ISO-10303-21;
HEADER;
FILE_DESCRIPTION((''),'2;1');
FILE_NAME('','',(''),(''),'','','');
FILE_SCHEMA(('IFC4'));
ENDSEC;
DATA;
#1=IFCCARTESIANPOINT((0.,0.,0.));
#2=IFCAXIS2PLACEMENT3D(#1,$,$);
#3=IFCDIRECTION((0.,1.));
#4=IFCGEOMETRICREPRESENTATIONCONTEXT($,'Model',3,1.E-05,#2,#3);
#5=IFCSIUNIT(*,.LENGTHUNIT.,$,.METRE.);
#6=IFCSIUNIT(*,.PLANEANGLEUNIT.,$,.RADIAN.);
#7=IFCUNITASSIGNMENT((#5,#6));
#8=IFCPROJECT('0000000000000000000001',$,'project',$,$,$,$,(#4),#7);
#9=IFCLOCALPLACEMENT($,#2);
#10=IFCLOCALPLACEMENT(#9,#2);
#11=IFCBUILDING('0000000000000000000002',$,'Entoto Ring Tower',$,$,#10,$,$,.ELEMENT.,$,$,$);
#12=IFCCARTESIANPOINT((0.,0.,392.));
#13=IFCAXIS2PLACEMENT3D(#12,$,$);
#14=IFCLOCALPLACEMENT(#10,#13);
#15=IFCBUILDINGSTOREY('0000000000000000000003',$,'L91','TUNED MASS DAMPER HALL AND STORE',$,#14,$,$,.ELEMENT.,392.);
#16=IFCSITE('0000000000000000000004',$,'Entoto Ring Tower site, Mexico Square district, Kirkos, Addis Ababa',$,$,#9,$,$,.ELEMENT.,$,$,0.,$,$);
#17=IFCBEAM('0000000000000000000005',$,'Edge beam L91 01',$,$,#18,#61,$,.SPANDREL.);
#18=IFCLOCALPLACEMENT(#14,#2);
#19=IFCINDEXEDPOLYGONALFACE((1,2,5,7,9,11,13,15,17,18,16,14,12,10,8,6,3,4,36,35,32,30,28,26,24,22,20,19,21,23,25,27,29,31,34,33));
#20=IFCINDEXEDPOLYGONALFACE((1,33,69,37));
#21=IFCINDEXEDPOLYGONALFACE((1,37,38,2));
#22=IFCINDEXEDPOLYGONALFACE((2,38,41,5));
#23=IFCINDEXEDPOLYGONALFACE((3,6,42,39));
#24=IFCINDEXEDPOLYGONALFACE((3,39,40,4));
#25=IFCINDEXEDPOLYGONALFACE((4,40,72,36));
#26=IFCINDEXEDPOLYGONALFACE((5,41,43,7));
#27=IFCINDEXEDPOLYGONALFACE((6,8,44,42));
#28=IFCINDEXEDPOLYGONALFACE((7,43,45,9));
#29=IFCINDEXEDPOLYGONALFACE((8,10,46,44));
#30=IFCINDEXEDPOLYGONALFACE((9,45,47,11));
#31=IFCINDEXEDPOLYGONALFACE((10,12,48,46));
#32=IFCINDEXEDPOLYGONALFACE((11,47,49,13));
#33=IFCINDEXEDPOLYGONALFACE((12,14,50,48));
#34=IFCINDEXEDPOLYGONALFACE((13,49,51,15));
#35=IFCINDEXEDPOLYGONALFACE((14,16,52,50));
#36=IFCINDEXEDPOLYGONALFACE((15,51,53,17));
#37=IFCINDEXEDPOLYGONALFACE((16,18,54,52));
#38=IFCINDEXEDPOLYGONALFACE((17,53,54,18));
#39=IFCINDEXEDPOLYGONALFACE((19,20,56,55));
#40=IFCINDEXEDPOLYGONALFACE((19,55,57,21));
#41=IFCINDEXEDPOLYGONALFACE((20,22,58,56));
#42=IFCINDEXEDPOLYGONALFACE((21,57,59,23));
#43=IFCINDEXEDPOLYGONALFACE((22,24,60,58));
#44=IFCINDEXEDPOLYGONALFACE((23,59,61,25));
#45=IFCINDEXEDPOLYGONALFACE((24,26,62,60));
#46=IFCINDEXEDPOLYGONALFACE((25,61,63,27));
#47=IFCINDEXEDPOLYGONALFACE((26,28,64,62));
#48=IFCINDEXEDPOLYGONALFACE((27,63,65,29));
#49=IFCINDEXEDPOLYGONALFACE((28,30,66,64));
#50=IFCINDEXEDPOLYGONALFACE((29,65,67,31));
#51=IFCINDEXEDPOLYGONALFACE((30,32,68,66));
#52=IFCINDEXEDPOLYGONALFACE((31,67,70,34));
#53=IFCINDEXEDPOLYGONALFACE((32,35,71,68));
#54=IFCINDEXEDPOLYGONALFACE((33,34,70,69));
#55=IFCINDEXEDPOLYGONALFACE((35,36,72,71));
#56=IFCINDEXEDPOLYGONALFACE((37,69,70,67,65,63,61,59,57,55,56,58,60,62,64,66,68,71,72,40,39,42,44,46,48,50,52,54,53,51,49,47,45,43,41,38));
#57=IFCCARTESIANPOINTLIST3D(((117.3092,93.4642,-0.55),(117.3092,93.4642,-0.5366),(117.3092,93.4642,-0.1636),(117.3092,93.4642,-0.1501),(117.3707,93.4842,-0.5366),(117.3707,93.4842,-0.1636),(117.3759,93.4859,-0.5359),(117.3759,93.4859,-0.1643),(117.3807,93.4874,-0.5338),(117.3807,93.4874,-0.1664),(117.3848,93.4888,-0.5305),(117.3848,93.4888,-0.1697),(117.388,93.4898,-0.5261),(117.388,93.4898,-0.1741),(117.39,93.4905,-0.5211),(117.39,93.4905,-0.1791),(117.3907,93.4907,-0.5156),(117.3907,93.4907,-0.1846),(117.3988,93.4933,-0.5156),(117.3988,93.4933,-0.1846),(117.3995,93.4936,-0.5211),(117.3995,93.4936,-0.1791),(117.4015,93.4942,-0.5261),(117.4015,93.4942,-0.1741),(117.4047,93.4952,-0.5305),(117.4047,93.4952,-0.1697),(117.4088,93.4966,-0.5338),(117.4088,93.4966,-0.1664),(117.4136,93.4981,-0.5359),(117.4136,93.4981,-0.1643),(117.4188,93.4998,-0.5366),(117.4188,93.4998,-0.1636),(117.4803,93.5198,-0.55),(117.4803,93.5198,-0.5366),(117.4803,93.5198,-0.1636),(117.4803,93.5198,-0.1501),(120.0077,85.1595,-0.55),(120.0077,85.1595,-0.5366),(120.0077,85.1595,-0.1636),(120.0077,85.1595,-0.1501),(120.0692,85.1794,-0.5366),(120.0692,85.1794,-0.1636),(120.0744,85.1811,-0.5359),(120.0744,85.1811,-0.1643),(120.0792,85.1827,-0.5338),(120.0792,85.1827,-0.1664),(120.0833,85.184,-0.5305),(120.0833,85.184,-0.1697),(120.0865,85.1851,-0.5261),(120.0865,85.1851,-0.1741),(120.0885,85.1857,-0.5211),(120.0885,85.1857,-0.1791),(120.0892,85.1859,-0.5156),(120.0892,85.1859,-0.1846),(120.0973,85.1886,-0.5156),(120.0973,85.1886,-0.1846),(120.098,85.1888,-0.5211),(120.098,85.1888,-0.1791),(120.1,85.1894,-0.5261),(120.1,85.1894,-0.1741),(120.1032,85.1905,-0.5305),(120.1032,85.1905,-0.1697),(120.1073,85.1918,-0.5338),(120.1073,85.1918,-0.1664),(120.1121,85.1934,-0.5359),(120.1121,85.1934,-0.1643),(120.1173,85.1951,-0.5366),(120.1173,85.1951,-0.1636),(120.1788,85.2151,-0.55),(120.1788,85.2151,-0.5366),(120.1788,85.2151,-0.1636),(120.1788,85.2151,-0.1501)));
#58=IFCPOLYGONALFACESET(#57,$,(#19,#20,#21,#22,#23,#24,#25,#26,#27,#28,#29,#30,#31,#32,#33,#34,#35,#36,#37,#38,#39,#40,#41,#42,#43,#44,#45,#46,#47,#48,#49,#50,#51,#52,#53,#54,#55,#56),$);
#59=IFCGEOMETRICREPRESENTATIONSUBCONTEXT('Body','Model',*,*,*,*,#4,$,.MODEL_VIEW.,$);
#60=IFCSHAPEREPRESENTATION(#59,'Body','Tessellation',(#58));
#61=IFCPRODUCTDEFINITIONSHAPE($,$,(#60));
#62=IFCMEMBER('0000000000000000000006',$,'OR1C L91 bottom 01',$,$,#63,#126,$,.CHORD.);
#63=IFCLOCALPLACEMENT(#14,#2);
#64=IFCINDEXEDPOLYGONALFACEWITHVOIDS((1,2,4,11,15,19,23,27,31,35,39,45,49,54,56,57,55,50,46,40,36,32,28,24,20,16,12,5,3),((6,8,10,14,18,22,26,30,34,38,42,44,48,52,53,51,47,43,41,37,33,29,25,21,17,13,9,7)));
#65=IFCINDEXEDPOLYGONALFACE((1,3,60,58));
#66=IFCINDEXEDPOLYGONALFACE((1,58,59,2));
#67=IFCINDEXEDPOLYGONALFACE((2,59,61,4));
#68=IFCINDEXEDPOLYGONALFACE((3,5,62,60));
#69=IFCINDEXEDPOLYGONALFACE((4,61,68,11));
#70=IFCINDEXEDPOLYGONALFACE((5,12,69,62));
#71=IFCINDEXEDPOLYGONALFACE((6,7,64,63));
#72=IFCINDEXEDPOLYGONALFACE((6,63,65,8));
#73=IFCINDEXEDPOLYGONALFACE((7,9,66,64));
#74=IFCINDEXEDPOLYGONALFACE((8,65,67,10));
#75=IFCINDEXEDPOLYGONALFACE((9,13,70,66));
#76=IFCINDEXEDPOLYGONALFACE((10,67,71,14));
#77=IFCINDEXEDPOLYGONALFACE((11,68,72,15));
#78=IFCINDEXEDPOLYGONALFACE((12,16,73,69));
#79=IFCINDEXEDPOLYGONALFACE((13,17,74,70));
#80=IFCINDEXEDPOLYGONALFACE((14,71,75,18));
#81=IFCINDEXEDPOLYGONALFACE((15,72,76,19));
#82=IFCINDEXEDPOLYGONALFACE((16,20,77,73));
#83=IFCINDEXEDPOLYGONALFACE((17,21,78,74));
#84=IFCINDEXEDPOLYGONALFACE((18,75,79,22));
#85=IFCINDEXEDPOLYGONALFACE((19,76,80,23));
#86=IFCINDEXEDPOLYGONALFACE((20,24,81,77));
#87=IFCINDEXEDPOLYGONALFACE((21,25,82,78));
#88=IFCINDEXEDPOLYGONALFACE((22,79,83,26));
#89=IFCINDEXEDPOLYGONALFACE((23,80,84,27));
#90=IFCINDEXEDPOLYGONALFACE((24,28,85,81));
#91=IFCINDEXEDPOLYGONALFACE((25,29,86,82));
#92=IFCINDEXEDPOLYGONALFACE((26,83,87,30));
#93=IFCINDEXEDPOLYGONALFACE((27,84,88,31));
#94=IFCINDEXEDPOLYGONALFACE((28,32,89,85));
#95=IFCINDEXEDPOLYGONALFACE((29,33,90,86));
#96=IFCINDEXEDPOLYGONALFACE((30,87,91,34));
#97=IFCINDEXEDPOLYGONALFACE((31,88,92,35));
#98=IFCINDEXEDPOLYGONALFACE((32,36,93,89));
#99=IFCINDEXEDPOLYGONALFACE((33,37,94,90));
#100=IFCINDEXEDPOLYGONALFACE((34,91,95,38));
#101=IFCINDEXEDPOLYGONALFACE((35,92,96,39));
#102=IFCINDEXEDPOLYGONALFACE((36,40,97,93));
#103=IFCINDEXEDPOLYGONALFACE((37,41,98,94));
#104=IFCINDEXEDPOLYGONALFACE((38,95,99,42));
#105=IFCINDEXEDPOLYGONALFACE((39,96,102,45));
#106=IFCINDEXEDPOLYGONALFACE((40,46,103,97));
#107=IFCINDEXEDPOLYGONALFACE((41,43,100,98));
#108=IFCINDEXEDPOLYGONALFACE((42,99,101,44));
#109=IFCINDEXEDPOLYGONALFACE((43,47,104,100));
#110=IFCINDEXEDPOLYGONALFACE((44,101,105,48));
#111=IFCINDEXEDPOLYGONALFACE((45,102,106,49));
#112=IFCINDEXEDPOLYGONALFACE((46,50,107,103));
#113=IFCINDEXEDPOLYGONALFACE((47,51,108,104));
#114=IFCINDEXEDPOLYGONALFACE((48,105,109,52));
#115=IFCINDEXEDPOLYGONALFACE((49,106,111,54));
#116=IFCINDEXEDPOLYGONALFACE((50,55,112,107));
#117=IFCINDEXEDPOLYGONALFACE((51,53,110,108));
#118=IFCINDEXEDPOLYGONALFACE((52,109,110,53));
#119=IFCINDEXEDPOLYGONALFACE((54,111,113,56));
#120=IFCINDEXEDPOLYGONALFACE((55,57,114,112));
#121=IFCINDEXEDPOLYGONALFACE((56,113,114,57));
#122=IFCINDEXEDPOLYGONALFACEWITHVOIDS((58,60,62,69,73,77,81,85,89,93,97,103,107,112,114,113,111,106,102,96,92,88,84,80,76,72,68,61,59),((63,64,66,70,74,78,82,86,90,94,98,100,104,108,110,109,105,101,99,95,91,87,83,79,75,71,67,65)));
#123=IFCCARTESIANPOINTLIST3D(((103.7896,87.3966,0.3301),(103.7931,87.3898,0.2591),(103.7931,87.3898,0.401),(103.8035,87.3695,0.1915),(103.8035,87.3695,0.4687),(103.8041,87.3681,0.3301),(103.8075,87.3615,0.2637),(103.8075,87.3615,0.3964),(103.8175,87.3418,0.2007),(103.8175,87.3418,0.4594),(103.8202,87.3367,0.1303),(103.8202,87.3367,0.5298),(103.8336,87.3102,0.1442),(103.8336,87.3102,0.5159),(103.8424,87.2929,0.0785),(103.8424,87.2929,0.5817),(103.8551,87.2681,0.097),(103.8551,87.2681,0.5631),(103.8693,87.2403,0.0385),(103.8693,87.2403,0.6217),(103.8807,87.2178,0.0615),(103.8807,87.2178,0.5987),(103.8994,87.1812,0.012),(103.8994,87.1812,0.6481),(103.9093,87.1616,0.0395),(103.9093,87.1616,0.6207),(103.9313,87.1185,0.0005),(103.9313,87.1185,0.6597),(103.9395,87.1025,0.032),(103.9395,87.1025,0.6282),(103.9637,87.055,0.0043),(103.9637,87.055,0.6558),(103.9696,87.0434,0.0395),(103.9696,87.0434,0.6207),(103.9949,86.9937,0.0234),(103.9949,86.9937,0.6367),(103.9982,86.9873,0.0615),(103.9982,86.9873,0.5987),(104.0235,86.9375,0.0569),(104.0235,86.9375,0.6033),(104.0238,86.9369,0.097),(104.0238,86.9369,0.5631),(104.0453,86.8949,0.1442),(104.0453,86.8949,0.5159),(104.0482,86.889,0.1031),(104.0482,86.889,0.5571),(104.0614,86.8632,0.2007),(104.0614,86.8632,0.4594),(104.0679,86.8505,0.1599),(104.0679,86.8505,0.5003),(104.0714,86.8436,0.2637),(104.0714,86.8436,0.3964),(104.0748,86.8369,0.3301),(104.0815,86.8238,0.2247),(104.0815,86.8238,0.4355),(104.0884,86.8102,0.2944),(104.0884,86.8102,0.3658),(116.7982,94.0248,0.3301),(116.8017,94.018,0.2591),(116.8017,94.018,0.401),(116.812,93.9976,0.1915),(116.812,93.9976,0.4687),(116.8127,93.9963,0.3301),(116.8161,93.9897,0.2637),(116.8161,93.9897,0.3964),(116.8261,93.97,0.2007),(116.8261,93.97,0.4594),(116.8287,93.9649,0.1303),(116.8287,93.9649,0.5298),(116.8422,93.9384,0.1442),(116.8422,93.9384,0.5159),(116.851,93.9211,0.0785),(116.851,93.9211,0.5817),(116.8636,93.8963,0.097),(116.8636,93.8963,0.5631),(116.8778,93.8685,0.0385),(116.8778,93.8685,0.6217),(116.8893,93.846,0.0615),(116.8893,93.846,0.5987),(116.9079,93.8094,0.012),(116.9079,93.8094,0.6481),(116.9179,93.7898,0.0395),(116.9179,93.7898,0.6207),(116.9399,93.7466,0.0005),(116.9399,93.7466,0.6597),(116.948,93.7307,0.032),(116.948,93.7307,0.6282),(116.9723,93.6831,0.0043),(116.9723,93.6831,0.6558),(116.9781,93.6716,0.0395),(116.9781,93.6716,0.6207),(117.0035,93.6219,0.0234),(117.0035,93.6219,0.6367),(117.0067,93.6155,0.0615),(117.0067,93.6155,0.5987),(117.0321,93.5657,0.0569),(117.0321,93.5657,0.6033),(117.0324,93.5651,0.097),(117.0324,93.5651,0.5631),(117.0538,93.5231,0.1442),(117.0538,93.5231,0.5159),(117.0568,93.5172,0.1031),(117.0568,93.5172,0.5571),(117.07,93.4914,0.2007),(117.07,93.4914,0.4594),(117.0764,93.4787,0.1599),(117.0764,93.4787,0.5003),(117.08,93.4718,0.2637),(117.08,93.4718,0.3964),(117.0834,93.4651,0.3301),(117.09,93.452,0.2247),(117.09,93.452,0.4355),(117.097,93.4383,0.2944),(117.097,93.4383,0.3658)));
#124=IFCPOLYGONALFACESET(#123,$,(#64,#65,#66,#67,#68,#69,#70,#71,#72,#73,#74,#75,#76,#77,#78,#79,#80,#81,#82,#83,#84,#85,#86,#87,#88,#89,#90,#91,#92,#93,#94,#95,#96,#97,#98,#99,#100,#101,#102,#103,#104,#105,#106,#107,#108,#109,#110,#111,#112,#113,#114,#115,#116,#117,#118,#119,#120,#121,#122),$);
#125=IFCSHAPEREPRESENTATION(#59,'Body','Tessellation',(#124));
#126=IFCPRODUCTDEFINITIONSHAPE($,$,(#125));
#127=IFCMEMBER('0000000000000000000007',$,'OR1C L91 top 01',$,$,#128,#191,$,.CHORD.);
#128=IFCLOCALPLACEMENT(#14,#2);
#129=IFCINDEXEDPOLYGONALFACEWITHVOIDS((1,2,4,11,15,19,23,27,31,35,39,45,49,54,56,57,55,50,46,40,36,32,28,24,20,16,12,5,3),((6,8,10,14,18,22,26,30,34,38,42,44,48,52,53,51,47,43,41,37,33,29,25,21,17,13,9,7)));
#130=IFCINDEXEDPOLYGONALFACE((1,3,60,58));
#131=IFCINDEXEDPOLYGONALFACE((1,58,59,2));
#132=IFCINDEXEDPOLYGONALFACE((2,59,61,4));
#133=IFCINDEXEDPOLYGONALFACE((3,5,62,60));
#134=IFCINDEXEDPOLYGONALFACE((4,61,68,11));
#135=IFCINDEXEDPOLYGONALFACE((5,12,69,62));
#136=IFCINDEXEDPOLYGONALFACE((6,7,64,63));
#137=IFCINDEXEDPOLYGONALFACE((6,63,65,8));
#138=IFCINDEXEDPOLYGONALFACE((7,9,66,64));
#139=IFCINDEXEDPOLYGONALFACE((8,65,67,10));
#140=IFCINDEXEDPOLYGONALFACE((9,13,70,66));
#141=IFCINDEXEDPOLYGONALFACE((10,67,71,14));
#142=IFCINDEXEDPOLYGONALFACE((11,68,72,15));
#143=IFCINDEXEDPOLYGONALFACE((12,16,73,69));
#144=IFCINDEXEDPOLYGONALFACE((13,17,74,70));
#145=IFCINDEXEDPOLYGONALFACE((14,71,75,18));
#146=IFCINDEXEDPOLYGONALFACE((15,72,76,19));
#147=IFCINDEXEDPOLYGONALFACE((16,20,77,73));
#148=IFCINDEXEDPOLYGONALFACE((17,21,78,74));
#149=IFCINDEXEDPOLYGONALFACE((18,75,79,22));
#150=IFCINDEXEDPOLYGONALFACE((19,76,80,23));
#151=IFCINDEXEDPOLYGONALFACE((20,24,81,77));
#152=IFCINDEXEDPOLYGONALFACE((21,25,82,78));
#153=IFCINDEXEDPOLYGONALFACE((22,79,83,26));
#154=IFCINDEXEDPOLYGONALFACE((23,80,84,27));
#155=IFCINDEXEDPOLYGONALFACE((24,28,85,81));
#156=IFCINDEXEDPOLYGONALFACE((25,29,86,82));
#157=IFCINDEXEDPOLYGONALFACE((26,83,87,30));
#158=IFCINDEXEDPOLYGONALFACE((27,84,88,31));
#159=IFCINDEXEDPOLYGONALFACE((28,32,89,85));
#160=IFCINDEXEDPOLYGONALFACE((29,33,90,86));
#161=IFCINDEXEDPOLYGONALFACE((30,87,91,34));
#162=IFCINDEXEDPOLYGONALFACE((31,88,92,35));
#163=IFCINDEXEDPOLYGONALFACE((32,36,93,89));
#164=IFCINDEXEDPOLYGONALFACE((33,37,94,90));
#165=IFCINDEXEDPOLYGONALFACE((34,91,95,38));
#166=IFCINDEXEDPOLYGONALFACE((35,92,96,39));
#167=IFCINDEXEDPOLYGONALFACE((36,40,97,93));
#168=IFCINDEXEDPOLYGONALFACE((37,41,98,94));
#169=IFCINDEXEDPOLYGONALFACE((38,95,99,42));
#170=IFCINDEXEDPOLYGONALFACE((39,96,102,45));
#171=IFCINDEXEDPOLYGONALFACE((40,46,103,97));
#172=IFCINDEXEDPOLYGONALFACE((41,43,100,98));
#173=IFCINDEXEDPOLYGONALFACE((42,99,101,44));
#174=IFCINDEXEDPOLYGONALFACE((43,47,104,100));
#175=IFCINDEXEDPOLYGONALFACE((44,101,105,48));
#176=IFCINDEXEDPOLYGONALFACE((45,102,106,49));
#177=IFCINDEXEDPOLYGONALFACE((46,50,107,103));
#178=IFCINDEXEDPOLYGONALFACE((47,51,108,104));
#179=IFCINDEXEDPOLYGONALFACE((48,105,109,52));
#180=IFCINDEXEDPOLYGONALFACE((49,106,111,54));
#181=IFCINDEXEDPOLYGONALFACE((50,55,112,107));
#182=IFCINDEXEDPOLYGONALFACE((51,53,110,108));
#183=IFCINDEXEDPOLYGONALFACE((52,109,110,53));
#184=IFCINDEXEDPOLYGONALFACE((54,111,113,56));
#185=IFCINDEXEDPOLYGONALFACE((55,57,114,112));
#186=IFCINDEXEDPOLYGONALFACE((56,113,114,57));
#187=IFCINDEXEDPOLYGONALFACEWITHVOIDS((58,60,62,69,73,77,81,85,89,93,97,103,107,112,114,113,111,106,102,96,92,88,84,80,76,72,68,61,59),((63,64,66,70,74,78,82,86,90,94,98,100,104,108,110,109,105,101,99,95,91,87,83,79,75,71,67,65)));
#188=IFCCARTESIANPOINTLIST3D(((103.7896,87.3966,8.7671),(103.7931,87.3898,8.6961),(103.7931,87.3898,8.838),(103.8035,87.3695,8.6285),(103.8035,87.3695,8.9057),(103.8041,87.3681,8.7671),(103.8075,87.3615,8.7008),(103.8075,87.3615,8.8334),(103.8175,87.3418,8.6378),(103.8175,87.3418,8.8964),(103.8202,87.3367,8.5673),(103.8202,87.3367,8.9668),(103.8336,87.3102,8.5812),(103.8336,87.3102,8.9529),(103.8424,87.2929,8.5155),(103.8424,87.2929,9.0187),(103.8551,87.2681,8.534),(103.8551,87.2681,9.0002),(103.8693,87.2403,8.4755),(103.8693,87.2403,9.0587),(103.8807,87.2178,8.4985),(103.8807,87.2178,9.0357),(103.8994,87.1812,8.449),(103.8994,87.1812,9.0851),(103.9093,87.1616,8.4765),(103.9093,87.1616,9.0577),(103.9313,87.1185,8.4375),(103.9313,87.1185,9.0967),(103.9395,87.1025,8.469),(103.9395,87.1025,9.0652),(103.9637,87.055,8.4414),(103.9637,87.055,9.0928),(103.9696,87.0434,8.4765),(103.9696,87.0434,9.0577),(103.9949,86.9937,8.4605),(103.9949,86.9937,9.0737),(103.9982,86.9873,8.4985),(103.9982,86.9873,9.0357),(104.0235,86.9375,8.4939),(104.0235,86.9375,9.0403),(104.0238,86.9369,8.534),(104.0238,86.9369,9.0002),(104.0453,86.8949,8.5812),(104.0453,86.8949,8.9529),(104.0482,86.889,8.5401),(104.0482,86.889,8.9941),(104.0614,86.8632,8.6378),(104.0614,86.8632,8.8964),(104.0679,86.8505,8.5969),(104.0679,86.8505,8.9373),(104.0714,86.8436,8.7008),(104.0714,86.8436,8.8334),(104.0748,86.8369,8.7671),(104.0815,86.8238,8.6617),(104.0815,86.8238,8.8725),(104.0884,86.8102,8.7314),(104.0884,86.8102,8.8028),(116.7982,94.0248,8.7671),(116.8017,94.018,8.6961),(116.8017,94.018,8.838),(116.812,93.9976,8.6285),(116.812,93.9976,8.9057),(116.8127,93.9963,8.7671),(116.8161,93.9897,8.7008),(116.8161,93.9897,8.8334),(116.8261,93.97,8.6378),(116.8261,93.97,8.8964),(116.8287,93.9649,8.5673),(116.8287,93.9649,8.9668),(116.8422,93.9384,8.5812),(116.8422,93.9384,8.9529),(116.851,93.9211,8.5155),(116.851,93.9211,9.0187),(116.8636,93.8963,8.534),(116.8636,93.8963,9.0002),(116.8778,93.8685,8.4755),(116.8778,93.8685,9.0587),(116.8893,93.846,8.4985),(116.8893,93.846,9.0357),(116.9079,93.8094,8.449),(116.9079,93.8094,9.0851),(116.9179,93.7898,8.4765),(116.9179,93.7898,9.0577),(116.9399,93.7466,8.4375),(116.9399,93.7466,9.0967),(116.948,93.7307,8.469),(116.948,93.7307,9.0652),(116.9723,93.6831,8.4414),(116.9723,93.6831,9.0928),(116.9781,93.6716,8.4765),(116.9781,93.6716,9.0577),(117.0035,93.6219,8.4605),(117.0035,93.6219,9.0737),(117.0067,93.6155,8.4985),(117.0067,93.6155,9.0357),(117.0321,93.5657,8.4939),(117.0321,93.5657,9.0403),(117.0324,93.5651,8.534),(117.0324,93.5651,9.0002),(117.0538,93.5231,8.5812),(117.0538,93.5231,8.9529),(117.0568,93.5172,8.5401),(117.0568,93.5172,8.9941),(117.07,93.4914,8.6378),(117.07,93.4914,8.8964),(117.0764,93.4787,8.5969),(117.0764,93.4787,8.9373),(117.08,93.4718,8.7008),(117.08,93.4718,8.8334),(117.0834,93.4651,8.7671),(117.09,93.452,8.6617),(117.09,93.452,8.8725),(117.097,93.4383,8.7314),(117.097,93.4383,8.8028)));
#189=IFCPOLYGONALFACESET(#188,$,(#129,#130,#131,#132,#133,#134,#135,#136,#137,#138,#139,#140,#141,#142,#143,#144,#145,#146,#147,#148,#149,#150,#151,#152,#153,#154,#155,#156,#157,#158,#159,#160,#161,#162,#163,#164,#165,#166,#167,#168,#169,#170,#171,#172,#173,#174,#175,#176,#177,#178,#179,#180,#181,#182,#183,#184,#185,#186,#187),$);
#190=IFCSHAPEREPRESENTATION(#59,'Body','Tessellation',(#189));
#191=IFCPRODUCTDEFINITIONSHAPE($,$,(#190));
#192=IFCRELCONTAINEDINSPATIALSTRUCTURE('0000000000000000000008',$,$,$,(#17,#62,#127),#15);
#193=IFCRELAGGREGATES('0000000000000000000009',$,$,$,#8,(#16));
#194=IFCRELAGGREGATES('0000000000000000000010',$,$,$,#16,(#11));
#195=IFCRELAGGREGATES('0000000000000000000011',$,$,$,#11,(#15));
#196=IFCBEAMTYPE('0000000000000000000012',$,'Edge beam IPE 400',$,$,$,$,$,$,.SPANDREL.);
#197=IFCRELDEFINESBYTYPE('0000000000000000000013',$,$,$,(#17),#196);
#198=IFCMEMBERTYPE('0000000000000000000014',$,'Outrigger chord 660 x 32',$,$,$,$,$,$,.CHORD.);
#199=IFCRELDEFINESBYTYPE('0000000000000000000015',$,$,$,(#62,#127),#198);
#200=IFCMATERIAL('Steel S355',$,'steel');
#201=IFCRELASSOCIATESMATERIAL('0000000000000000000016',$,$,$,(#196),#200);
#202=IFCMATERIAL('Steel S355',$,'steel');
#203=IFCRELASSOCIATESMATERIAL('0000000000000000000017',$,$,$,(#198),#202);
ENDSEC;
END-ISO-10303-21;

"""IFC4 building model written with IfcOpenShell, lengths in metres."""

from ifc_helpers import new_model, si_unit, direction, frame, origin, origin_2d, place, context, subcontext, project, spatial, circle, hollow_circle, i_section, extrude, material, material_profile, profile_set, type_object, element, save


model = new_model("IFC4")

# Units and contexts
model_context = context("Model", 3, precision=1e-05, world=origin(), true_north=direction((0.0, 1.0)))
body_context = subcontext(model_context, "Body", "Model", "MODEL_VIEW")
ifc_project = project(units=[si_unit("LENGTHUNIT", "METRE"), si_unit("PLANEANGLEUNIT", "RADIAN")], contexts=[model_context])

# Site, building, storey
site_placement = place(None, origin())
site = spatial("IfcSite", under=ifc_project, at=site_placement, Name="Entoto Ring Tower site, Mexico Square district, Kirkos, Addis Ababa", CompositionType="ELEMENT", RefElevation=0.0)
building_placement = place(site_placement, origin())
building = spatial("IfcBuilding", under=site, at=building_placement, Name="Entoto Ring Tower", CompositionType="ELEMENT")
storey_placement = place(building_placement, frame((0.0, 0.0, 392.0)))
storey = spatial("IfcBuildingStorey", under=building, at=storey_placement, Name="L91", Description="TUNED MASS DAMPER HALL AND STORE", CompositionType="ELEMENT", Elevation=392.0)

# Beam
ifc_material_1 = material(Name="Steel S355", Category="steel")
ifc_material_profile_1 = material_profile(ifc_material_1, i_section(OverallWidth=0.1799, OverallDepth=0.3999, WebThickness=0.0085, FlangeThickness=0.0134, FilletRadius=0.021, at=origin_2d()), Name="IPE 400")
ifc_profile_set_1 = profile_set([ifc_material_profile_1], Name="Steel S355")
beam_type_1 = type_object("IfcBeamType", Name="Edge beam IPE 400", PredefinedType="SPANDREL", material=ifc_profile_set_1)
beam_1_placement = place(storey_placement, frame((120.0933, 85.1873, -0.3501), z_axis=(-0.30903, 0.951052, 0.0), x_axis=(-0.951052, -0.30903, 0.0)))
element("IfcBeam", 1, at=beam_1_placement, inside=storey, type_object=beam_type_1, Name="Edge beam L91 01", PredefinedType="SPANDREL", context=body_context, shape_type="SweptSolid", body=[
    extrude(i_section(OverallWidth=0.1799, OverallDepth=0.3999, WebThickness=0.0085, FlangeThickness=0.0134, FilletRadius=0.021, at=origin_2d()), origin(), (0.0, 0.0, 1.0), 8.7322),
])

# Members
ifc_material_2 = material(Name="Steel S355", Category="steel")
ifc_material_profile_2 = material_profile(ifc_material_2, hollow_circle(Radius=0.3301, WallThickness=0.032, at=origin_2d()), Name="CHS 660 x 32")
ifc_material_3 = material(Name="Concrete C60/75", Category="concrete")
ifc_material_profile_3 = material_profile(ifc_material_3, circle(Radius=0.2981, at=origin_2d()), Name="Concrete C60/75 infill")
ifc_profile_set_2 = profile_set([ifc_material_profile_2, ifc_material_profile_3], Name="Steel S355")
member_type_1 = type_object("IfcMemberType", Name="Outrigger chord 660 x 32", PredefinedType="CHORD", material=ifc_profile_set_2)
for number, where, z_axis, x_axis, name in (
    (2, (103.9395, 87.1025, 0.3301), (0.891007, 0.45399, 0.0), (-0.45399, 0.891007, 0.0), "OR1C L91 bottom 01"),
    (3, (103.9395, 87.1025, 8.7671), (0.891007, 0.45399, 0.0), (-0.45399, 0.891007, 0.0), "OR1C L91 top 01"),
):
    element("IfcMember", number, at=place(storey_placement, frame(where, z_axis=z_axis, x_axis=x_axis)), inside=storey, type_object=member_type_1, Name=name, PredefinedType="CHORD", context=body_context, shape_type="SweptSolid", body=[
        extrude(hollow_circle(Radius=0.3301, WallThickness=0.032, at=origin_2d()), origin(), (0.0, 0.0, 1.0), 14.5999),
    ])

save(model, "model.ifc")
